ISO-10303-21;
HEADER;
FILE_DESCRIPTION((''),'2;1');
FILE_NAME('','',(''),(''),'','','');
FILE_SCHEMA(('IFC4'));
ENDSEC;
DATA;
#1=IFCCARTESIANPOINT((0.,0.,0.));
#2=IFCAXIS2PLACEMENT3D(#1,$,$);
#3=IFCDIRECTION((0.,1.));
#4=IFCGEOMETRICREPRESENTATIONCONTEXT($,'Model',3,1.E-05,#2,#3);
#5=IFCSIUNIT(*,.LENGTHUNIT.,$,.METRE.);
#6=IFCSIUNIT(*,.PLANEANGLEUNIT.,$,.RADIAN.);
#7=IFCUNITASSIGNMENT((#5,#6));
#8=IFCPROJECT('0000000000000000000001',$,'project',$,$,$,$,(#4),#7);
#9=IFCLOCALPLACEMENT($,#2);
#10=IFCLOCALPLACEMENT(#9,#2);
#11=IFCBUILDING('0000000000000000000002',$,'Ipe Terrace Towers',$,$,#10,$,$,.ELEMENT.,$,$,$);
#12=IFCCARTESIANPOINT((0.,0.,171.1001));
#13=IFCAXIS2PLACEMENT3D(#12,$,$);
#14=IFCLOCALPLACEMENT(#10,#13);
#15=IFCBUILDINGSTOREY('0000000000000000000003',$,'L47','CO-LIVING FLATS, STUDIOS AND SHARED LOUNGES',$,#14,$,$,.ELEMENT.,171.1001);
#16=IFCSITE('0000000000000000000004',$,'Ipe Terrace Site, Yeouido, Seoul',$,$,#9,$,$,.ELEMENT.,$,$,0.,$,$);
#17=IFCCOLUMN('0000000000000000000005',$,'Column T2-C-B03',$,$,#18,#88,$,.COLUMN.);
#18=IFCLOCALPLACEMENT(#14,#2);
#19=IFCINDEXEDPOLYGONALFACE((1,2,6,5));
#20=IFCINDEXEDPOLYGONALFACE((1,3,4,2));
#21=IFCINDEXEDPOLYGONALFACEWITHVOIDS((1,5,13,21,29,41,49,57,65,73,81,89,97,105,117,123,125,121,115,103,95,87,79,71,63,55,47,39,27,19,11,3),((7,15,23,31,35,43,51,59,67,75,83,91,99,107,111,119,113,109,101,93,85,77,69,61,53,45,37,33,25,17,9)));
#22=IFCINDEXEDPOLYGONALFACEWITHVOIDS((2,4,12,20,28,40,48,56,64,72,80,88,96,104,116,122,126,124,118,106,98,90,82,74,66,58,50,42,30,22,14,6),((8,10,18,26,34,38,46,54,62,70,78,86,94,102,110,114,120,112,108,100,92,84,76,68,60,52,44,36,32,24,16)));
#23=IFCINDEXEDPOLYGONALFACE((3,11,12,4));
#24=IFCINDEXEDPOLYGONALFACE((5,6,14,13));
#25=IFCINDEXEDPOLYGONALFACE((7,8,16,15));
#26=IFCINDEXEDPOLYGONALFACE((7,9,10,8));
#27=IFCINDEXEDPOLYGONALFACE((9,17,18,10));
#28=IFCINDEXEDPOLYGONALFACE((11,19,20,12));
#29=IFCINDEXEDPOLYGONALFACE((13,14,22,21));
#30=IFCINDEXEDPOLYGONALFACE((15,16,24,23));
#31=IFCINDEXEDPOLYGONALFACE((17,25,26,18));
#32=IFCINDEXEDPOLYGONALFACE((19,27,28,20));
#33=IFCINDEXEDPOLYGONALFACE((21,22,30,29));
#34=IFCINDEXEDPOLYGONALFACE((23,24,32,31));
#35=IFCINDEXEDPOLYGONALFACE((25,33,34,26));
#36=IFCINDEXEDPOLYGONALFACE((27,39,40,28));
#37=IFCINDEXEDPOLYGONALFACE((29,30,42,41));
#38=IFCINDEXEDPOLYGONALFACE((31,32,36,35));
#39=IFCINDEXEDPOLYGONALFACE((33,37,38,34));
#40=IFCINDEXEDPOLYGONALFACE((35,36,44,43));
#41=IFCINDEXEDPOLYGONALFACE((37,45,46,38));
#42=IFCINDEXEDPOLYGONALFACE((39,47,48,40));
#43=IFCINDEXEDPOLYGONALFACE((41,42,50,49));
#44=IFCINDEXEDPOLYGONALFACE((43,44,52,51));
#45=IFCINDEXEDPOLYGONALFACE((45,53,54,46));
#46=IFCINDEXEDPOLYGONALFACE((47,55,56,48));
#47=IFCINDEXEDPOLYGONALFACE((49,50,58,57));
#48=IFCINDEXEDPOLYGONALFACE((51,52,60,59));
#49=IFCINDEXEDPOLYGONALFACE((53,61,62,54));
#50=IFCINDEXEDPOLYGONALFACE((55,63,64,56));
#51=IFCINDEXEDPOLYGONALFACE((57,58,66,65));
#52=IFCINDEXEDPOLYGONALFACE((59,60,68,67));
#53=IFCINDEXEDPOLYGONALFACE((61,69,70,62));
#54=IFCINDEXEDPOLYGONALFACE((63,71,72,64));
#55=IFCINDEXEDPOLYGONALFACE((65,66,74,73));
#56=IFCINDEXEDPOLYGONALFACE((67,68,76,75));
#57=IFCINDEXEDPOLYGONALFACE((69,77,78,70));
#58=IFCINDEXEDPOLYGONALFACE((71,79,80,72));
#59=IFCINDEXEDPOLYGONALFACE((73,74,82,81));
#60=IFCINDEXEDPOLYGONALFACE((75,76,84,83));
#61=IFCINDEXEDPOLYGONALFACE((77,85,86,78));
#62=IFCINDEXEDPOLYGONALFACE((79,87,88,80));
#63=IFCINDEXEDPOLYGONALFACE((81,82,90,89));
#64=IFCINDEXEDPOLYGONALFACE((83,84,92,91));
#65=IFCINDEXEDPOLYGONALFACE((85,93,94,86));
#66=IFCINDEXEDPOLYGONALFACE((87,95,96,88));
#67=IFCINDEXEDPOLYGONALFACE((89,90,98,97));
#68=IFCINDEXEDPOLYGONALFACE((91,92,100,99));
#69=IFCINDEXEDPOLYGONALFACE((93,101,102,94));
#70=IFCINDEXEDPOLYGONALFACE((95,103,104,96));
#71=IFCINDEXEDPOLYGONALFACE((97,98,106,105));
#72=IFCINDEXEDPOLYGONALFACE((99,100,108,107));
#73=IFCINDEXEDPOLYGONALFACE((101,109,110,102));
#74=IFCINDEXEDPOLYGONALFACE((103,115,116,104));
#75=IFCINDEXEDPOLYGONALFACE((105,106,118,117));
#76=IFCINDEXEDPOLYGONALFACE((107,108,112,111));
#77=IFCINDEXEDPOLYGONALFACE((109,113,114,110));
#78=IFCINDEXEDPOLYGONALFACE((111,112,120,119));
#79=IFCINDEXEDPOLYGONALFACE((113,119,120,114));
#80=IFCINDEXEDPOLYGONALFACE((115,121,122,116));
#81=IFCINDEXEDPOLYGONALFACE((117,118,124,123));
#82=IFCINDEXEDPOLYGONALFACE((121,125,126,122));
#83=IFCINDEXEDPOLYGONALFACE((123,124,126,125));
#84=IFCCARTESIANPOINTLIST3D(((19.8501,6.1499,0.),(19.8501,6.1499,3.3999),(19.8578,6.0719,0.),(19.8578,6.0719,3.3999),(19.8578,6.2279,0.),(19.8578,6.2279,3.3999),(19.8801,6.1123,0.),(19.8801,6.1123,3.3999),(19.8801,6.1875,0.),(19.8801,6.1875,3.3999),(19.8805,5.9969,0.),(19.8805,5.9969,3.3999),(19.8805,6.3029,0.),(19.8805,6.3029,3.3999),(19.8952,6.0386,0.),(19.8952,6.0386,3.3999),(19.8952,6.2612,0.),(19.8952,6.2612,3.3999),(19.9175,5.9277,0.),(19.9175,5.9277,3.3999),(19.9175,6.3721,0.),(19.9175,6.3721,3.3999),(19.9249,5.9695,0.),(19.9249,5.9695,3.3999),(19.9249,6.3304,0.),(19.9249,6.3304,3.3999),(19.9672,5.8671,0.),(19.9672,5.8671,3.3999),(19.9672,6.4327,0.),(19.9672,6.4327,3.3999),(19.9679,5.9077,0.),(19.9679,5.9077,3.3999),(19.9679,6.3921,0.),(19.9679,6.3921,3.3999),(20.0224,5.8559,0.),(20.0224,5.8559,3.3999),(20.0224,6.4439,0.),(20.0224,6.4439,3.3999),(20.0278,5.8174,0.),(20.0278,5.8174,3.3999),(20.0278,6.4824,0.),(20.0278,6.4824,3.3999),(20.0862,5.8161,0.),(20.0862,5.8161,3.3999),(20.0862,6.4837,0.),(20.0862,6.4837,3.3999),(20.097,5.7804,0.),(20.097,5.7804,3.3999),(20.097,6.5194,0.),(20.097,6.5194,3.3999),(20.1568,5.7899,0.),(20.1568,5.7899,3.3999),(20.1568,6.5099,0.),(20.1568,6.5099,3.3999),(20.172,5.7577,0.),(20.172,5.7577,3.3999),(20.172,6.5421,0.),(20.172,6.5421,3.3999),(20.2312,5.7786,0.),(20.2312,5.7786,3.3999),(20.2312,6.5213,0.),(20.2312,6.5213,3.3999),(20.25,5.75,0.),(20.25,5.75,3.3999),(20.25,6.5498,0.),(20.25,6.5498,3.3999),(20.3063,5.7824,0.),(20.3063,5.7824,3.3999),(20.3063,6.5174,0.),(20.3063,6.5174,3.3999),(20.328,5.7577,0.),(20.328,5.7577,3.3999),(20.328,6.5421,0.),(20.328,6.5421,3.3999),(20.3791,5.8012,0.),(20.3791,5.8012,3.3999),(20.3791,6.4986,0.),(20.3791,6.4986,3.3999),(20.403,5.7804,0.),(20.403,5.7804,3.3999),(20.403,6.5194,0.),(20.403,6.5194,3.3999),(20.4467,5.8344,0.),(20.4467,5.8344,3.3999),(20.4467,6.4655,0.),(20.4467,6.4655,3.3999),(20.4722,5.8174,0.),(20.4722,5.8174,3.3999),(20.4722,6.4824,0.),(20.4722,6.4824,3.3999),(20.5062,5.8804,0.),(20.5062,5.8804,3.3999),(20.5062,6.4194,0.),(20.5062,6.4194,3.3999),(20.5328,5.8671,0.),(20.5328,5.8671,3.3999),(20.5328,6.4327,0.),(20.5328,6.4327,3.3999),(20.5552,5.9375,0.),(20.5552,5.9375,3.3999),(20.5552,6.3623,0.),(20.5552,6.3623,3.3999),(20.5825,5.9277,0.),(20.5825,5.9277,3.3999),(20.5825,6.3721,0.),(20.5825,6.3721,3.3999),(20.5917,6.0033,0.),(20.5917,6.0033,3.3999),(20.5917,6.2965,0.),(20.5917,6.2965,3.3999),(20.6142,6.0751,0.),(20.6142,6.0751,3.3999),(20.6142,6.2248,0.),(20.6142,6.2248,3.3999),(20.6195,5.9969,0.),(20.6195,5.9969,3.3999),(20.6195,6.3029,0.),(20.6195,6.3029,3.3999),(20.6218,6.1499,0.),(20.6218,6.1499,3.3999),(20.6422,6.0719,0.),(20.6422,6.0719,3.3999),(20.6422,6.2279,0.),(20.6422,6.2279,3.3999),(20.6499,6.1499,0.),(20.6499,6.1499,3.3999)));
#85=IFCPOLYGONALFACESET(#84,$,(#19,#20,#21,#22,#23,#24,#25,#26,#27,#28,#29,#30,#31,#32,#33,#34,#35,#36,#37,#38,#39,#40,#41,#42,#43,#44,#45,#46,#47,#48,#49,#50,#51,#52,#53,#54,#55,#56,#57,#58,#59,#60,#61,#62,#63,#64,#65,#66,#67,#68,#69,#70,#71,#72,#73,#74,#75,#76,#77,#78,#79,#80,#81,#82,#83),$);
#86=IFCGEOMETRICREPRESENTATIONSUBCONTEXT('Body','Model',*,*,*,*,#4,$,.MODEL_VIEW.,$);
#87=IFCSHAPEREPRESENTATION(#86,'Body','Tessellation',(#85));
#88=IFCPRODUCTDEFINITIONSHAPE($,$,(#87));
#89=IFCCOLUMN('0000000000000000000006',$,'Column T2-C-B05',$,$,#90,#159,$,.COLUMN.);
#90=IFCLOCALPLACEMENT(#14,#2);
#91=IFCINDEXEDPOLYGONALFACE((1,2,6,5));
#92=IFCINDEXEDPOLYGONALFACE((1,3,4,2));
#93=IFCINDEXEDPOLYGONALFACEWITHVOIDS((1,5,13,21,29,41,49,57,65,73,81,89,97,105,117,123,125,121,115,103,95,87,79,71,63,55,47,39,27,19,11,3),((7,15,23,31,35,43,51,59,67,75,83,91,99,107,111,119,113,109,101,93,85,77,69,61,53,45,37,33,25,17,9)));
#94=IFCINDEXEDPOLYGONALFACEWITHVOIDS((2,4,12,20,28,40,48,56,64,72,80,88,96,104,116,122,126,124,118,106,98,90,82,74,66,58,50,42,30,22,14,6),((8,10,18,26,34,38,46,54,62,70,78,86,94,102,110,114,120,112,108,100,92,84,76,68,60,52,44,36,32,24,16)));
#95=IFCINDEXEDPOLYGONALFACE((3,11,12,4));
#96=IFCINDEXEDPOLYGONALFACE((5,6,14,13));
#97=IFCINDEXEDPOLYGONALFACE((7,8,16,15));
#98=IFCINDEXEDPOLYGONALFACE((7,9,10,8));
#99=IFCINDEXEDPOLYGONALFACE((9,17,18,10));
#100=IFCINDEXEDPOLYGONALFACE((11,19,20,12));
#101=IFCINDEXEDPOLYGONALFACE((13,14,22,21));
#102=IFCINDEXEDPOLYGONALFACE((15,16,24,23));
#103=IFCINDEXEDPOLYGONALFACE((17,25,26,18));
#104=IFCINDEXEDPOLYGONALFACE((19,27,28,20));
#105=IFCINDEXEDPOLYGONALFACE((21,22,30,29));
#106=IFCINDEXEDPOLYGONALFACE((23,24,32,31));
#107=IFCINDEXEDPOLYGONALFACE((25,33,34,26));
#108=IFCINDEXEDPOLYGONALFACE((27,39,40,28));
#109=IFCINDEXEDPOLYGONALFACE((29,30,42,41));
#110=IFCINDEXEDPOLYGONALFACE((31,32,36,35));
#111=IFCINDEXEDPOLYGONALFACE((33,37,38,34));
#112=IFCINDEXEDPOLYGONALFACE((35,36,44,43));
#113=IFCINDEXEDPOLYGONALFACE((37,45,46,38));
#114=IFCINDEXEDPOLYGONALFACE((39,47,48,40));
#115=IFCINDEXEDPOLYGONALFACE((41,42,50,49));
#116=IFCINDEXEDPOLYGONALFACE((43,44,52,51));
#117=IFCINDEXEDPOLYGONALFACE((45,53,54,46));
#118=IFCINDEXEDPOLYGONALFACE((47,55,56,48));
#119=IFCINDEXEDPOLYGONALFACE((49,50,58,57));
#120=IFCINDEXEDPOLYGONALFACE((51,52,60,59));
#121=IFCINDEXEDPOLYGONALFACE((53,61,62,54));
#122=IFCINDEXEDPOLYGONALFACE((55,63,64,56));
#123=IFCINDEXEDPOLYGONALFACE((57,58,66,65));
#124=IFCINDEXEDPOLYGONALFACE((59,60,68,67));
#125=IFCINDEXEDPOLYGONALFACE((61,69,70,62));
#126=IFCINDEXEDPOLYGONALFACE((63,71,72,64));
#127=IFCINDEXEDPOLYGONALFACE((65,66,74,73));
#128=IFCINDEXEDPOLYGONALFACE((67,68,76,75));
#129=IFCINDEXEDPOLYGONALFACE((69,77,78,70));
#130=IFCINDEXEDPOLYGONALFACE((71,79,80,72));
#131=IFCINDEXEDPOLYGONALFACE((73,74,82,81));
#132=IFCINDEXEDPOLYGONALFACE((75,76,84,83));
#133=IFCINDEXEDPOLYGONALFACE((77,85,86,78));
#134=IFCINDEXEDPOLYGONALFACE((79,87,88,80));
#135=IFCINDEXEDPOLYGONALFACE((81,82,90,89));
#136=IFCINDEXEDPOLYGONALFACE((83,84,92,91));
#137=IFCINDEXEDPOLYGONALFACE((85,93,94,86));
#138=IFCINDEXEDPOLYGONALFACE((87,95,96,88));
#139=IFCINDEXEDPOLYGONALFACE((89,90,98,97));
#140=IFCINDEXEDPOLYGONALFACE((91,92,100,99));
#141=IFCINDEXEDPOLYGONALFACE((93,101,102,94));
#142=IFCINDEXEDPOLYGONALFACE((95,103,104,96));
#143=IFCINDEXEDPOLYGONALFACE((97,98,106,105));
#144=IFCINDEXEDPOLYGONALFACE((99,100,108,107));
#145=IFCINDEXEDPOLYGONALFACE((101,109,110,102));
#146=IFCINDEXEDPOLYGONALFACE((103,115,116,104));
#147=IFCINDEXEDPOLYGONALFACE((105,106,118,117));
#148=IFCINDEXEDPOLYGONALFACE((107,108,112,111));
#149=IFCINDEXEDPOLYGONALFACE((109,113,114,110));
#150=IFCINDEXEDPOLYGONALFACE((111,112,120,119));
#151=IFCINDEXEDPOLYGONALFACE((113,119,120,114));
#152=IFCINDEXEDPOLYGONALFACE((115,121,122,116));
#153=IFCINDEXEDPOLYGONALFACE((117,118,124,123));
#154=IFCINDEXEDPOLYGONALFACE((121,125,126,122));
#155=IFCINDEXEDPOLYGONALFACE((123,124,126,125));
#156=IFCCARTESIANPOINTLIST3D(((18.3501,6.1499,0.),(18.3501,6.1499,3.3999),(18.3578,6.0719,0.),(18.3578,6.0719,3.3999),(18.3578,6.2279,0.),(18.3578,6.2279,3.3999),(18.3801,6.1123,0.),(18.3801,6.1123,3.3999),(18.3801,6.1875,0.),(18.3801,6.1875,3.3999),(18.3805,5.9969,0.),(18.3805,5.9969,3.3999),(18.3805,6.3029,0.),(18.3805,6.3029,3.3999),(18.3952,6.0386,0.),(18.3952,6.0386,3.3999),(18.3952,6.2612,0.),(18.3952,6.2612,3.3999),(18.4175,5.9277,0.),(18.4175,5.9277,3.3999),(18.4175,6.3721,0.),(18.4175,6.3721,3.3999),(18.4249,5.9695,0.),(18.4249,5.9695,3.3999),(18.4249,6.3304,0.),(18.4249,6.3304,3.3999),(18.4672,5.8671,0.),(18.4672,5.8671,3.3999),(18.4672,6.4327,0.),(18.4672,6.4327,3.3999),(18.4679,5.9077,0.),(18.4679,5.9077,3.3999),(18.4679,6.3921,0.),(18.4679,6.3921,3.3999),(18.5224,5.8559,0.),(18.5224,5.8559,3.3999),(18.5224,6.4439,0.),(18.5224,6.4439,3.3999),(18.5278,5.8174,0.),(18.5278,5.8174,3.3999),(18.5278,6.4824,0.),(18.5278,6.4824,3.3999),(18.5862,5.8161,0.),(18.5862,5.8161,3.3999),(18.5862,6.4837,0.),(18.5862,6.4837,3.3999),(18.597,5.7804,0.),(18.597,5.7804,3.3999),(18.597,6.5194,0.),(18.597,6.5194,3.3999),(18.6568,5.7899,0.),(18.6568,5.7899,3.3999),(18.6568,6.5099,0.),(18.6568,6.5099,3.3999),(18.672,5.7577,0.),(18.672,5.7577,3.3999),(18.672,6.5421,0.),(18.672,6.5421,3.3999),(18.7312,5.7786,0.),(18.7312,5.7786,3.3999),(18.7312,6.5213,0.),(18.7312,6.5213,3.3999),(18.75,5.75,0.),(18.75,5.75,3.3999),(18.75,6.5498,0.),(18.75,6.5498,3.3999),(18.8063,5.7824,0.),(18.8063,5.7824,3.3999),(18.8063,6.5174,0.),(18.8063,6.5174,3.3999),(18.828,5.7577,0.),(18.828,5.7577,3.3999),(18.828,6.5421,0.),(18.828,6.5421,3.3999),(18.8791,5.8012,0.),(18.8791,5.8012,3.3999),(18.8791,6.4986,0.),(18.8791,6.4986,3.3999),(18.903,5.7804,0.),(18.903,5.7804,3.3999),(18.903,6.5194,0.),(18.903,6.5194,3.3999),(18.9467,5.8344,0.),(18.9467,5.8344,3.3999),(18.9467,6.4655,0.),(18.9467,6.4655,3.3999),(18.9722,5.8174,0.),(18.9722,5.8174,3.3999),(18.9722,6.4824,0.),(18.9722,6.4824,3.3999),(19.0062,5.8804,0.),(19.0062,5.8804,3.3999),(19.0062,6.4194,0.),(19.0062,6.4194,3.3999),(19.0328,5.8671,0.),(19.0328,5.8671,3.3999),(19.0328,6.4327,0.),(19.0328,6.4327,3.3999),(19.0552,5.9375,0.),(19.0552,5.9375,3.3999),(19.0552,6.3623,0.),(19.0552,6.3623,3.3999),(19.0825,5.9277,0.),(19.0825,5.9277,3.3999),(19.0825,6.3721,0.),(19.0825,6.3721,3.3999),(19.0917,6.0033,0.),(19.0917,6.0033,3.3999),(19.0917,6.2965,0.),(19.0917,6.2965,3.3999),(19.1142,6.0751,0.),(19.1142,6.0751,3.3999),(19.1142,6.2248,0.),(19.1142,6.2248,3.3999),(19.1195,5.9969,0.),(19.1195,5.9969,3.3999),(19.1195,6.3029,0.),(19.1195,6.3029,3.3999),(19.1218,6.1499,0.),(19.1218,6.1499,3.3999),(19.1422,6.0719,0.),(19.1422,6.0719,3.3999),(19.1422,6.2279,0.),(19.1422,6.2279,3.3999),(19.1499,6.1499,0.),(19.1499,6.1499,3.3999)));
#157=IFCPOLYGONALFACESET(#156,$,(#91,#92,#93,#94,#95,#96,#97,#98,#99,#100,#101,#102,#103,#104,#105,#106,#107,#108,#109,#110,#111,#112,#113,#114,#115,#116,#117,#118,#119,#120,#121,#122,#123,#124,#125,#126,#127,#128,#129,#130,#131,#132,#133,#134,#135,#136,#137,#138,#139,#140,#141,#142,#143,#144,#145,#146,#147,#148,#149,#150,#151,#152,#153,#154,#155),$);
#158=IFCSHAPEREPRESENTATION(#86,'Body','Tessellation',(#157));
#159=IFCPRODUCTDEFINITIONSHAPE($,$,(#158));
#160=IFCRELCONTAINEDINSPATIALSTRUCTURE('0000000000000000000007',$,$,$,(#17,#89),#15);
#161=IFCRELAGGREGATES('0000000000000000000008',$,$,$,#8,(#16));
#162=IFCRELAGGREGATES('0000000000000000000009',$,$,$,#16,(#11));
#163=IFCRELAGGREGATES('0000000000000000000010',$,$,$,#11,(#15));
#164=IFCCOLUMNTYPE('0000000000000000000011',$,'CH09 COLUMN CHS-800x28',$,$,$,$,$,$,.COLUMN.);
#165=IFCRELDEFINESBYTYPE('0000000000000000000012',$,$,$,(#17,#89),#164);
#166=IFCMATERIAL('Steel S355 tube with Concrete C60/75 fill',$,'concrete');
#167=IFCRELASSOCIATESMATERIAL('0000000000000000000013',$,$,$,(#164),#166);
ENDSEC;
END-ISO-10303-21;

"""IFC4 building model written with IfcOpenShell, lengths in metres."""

from ifc_helpers import new_model, si_unit, direction, frame, origin, origin_2d, place, context, subcontext, project, spatial, hollow_circle, extrude, material, material_profile, profile_set, type_object, element, save


model = new_model("IFC4")

# Units and contexts
model_context = context("Model", 3, precision=1e-05, world=origin(), true_north=direction((0.0, 1.0)))
body_context = subcontext(model_context, "Body", "Model", "MODEL_VIEW")
ifc_project = project(units=[si_unit("LENGTHUNIT", "METRE"), si_unit("PLANEANGLEUNIT", "RADIAN")], contexts=[model_context])

# Site, building, storey
site_placement = place(None, origin())
site = spatial("IfcSite", under=ifc_project, at=site_placement, Name="Ipe Terrace Site, Yeouido, Seoul", CompositionType="ELEMENT", RefElevation=0.0)
building_placement = place(site_placement, origin())
building = spatial("IfcBuilding", under=site, at=building_placement, Name="Ipe Terrace Towers", CompositionType="ELEMENT")
storey_placement = place(building_placement, frame((0.0, 0.0, 171.1001)))
storey = spatial("IfcBuildingStorey", under=building, at=storey_placement, Name="L47", Description="CO-LIVING FLATS, STUDIOS AND SHARED LOUNGES", CompositionType="ELEMENT", Elevation=171.1001)

# Columns
ifc_material_1 = material(Name="Steel S355 tube with Concrete C60/75 fill", Category="concrete")
ifc_material_profile_1 = material_profile(ifc_material_1, hollow_circle(Radius=0.3999, WallThickness=0.0281, at=origin_2d()), Name="CHS-800x28")
ifc_profile_set_1 = profile_set([ifc_material_profile_1], Name="Steel S355 tube with Concrete C60/75 fill")
column_type_1 = type_object("IfcColumnType", Name="CH09 COLUMN CHS-800x28", PredefinedType="COLUMN", material=ifc_profile_set_1)
for number, where, z_axis, x_axis, name in (
    (1, (20.25, 6.1499, 0.0), (0.0, 0.0, 1.0), (1.0, 0.0, 0.0), "Column T2-C-B03"),
    (2, (18.75, 6.1499, 0.0), (0.0, 0.0, 1.0), (1.0, 0.0, 0.0), "Column T2-C-B05"),
):
    element("IfcColumn", number, at=place(storey_placement, frame(where, z_axis=z_axis, x_axis=x_axis)), inside=storey, type_object=column_type_1, Name=name, PredefinedType="COLUMN", context=body_context, shape_type="SweptSolid", body=[
        extrude(hollow_circle(Radius=0.3999, WallThickness=0.0281, at=origin_2d()), origin(), (0.0, 0.0, 1.0), 3.3999),
    ])

save(model, "model.ifc")
